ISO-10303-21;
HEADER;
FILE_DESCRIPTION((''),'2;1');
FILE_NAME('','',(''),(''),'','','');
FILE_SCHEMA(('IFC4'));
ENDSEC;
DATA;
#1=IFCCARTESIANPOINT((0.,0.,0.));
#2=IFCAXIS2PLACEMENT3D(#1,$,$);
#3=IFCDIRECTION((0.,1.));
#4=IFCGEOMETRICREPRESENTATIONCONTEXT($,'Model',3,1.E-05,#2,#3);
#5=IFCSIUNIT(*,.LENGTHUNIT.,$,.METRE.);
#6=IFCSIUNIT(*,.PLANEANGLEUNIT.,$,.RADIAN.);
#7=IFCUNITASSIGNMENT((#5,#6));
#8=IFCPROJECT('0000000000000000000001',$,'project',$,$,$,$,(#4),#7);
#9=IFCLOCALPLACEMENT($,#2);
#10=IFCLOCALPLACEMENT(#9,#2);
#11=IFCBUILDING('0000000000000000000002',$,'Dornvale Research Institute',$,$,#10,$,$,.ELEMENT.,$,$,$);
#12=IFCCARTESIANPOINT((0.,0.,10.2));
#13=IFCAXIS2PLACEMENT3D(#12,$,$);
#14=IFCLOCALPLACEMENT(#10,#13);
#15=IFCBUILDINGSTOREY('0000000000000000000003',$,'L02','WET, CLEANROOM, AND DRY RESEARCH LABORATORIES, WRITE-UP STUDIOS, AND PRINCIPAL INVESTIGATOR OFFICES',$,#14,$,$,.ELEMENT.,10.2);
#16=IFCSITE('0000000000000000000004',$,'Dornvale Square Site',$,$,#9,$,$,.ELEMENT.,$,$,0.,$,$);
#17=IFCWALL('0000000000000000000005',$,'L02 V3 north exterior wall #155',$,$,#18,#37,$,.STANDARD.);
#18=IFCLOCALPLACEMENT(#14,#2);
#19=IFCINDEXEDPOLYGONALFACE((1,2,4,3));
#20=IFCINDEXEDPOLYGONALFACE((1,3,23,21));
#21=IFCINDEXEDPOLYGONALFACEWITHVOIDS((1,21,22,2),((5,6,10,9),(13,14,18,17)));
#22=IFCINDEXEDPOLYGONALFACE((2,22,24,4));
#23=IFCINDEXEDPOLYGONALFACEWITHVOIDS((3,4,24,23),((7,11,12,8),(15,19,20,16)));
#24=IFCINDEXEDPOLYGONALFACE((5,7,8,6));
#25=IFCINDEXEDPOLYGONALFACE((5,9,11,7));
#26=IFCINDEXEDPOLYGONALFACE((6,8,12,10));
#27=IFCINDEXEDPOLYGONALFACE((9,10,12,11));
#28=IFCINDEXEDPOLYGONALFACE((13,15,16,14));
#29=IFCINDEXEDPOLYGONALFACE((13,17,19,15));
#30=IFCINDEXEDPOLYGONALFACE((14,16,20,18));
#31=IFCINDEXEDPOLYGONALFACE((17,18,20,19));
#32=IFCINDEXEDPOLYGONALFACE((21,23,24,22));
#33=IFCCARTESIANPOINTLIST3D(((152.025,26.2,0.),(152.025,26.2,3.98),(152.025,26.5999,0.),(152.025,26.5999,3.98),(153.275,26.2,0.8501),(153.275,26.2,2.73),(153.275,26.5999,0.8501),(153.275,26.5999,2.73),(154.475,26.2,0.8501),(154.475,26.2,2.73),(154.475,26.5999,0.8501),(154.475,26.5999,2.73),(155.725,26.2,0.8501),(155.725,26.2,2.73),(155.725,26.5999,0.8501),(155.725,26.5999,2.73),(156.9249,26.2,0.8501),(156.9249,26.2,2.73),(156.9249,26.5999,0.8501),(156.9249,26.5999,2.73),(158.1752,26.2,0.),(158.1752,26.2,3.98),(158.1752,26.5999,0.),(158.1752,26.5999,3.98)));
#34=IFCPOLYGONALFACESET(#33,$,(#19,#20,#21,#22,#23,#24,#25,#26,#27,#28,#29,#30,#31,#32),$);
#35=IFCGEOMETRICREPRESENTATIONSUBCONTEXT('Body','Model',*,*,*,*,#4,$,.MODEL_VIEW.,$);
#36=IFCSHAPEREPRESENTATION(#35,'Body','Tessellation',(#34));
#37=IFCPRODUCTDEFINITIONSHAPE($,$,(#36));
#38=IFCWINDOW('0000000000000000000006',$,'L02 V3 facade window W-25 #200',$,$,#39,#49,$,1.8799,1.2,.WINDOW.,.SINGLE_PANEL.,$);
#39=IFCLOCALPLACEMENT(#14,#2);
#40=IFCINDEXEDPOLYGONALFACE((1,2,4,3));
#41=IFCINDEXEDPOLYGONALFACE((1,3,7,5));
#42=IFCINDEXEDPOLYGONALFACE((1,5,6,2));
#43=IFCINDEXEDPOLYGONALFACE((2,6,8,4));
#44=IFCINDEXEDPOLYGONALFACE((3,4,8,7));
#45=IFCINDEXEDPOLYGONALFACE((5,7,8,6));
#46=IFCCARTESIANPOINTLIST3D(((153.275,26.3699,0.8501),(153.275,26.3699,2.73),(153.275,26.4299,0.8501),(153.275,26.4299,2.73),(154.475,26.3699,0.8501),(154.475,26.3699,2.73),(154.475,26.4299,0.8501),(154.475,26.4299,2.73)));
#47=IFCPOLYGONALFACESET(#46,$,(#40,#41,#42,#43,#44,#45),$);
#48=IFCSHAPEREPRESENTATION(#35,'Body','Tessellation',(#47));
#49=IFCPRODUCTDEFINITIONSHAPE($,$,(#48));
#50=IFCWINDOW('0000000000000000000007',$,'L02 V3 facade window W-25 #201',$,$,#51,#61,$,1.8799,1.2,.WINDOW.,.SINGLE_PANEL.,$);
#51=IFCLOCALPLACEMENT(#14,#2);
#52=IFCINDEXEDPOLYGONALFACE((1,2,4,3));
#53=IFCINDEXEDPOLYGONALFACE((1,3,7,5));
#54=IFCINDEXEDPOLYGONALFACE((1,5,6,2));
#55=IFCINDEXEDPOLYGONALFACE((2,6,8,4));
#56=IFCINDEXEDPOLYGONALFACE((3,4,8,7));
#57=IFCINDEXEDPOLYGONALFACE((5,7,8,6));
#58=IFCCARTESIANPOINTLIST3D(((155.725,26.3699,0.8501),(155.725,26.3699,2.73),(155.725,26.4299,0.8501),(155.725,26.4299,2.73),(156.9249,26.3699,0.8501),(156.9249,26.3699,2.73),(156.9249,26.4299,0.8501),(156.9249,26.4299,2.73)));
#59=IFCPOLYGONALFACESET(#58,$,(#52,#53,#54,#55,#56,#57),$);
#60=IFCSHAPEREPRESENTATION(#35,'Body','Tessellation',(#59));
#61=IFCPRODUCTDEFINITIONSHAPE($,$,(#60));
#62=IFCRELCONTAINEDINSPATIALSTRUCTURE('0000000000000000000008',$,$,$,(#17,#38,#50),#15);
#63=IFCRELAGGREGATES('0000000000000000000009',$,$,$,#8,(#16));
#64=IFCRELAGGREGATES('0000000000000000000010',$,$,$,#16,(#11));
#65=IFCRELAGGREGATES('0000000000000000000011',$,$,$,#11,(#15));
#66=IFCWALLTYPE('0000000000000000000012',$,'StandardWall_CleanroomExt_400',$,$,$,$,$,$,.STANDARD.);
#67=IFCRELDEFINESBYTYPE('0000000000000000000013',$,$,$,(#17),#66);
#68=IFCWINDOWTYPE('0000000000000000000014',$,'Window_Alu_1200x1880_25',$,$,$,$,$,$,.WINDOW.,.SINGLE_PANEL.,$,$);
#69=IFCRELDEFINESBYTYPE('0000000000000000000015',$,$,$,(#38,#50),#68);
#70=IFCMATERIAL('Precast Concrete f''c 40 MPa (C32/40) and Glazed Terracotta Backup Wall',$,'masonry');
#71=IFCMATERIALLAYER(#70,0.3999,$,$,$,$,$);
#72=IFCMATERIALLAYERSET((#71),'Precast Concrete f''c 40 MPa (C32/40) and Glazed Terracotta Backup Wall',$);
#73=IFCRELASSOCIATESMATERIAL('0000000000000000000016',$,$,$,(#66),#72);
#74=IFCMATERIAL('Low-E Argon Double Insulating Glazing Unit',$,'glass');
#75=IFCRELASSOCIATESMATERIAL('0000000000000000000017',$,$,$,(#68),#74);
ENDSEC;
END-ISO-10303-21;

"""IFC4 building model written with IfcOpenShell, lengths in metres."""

from ifc_helpers import new_model, si_unit, direction, frame, frame_2d, origin, place, context, subcontext, project, spatial, rectangle, extrude, material, layer, layer_set, type_object, element, fill, save


model = new_model("IFC4")

# Units and contexts
model_context = context("Model", 3, precision=1e-05, world=origin(), true_north=direction((0.0, 1.0)))
body_context = subcontext(model_context, "Body", "Model", "MODEL_VIEW")
ifc_project = project(units=[si_unit("LENGTHUNIT", "METRE"), si_unit("PLANEANGLEUNIT", "RADIAN")], contexts=[model_context])

# Site, building, storey
site_placement = place(None, origin())
site = spatial("IfcSite", under=ifc_project, at=site_placement, Name="Dornvale Square Site", CompositionType="ELEMENT", RefElevation=0.0)
building_placement = place(site_placement, origin())
building = spatial("IfcBuilding", under=site, at=building_placement, Name="Dornvale Research Institute", CompositionType="ELEMENT")
storey_placement = place(building_placement, frame((0.0, 0.0, 10.2)))
storey = spatial("IfcBuildingStorey", under=building, at=storey_placement, Name="L02", Description="WET, CLEANROOM, AND DRY RESEARCH LABORATORIES, WRITE-UP STUDIOS, AND PRINCIPAL INVESTIGATOR OFFICES", CompositionType="ELEMENT", Elevation=10.2)

# Wall, openings, windows
ifc_material_1 = material(Name="Precast Concrete f'c 40 MPa (C32/40) and Glazed Terracotta Backup Wall", Category="masonry")
ifc_layer_1 = layer(ifc_material_1, 0.3999)
ifc_layer_set_1 = layer_set([ifc_layer_1], Name="Precast Concrete f'c 40 MPa (C32/40) and Glazed Terracotta Backup Wall")
wall_type = type_object("IfcWallType", Name="StandardWall_CleanroomExt_400", PredefinedType="STANDARD", material=ifc_layer_set_1)
wall_placement = place(storey_placement, frame((152.0249, 26.3999, 0.0), z_axis=(0.0, 0.0, 1.0), x_axis=(1.0, 0.0, 0.0)))
wall = element("IfcWall", 1, at=wall_placement, inside=storey, type_object=wall_type, Name="L02 V3 north exterior wall #155", PredefinedType="STANDARD", context=body_context, shape_type="SweptSolid", body=[
    extrude(rectangle(XDim=6.1501, YDim=0.3999, at=frame_2d((3.0752, 0.0))), origin(), (0.0, 0.0, 1.0), 3.98),
])
opening_1_placement = place(wall_placement, frame((1.25, 0.0, 0.8501)))
opening_1 = element("IfcOpeningElement", 2, at=opening_1_placement, cuts=wall, PredefinedType="OPENING", context=body_context, shape_type="SweptSolid", body=[
    extrude(rectangle(XDim=1.2, YDim=1.8799, at=frame_2d((0.6001, 0.9399))), frame((0.0, 0.2148, 0.0), z_axis=(0.0, -1.0, 0.0), x_axis=(1.0, 0.0, 0.0)), (0.0, 0.0, 1.0), 0.4299),
])
opening_2_placement = place(wall_placement, frame((3.7, 0.0, 0.8501)))
opening_2 = element("IfcOpeningElement", 3, at=opening_2_placement, cuts=wall, PredefinedType="OPENING", context=body_context, shape_type="SweptSolid", body=[
    extrude(rectangle(XDim=1.2, YDim=1.8799, at=frame_2d((0.6001, 0.9399))), frame((0.0, 0.2148, 0.0), z_axis=(0.0, -1.0, 0.0), x_axis=(1.0, 0.0, 0.0)), (0.0, 0.0, 1.0), 0.4299),
])
ifc_material_2 = material(Name="Low-E Argon Double Insulating Glazing Unit", Category="glass")
window_type = type_object("IfcWindowType", Name="Window_Alu_1200x1880_25", PartitioningType="SINGLE_PANEL", PredefinedType="WINDOW", material=ifc_material_2)
window_1_placement = place(opening_1_placement, origin())
window_1 = element("IfcWindow", 4, at=window_1_placement, inside=storey, type_object=window_type, Name="L02 V3 facade window W-25 #200", OverallHeight=1.8799, OverallWidth=1.2, PartitioningType="SINGLE_PANEL", PredefinedType="WINDOW", context=body_context, shape_type="SweptSolid", body=[
    extrude(rectangle(XDim=1.2, YDim=1.8799, at=frame_2d((0.6001, 0.9399))), frame((0.0, 0.03, 0.0), z_axis=(0.0, -1.0, 0.0), x_axis=(1.0, 0.0, 0.0)), (0.0, 0.0, 1.0), 0.0601),
])
fill(opening_1, window_1)
window_2_placement = place(opening_2_placement, origin())
window_2 = element("IfcWindow", 5, at=window_2_placement, inside=storey, type_object=window_type, Name="L02 V3 facade window W-25 #201", OverallHeight=1.8799, OverallWidth=1.2, PartitioningType="SINGLE_PANEL", PredefinedType="WINDOW", context=body_context, shape_type="SweptSolid", body=[
    extrude(rectangle(XDim=1.2, YDim=1.8799, at=frame_2d((0.6001, 0.9399))), frame((0.0, 0.03, 0.0), z_axis=(0.0, -1.0, 0.0), x_axis=(1.0, 0.0, 0.0)), (0.0, 0.0, 1.0), 0.0601),
])
fill(opening_2, window_2)

save(model, "model.ifc")
